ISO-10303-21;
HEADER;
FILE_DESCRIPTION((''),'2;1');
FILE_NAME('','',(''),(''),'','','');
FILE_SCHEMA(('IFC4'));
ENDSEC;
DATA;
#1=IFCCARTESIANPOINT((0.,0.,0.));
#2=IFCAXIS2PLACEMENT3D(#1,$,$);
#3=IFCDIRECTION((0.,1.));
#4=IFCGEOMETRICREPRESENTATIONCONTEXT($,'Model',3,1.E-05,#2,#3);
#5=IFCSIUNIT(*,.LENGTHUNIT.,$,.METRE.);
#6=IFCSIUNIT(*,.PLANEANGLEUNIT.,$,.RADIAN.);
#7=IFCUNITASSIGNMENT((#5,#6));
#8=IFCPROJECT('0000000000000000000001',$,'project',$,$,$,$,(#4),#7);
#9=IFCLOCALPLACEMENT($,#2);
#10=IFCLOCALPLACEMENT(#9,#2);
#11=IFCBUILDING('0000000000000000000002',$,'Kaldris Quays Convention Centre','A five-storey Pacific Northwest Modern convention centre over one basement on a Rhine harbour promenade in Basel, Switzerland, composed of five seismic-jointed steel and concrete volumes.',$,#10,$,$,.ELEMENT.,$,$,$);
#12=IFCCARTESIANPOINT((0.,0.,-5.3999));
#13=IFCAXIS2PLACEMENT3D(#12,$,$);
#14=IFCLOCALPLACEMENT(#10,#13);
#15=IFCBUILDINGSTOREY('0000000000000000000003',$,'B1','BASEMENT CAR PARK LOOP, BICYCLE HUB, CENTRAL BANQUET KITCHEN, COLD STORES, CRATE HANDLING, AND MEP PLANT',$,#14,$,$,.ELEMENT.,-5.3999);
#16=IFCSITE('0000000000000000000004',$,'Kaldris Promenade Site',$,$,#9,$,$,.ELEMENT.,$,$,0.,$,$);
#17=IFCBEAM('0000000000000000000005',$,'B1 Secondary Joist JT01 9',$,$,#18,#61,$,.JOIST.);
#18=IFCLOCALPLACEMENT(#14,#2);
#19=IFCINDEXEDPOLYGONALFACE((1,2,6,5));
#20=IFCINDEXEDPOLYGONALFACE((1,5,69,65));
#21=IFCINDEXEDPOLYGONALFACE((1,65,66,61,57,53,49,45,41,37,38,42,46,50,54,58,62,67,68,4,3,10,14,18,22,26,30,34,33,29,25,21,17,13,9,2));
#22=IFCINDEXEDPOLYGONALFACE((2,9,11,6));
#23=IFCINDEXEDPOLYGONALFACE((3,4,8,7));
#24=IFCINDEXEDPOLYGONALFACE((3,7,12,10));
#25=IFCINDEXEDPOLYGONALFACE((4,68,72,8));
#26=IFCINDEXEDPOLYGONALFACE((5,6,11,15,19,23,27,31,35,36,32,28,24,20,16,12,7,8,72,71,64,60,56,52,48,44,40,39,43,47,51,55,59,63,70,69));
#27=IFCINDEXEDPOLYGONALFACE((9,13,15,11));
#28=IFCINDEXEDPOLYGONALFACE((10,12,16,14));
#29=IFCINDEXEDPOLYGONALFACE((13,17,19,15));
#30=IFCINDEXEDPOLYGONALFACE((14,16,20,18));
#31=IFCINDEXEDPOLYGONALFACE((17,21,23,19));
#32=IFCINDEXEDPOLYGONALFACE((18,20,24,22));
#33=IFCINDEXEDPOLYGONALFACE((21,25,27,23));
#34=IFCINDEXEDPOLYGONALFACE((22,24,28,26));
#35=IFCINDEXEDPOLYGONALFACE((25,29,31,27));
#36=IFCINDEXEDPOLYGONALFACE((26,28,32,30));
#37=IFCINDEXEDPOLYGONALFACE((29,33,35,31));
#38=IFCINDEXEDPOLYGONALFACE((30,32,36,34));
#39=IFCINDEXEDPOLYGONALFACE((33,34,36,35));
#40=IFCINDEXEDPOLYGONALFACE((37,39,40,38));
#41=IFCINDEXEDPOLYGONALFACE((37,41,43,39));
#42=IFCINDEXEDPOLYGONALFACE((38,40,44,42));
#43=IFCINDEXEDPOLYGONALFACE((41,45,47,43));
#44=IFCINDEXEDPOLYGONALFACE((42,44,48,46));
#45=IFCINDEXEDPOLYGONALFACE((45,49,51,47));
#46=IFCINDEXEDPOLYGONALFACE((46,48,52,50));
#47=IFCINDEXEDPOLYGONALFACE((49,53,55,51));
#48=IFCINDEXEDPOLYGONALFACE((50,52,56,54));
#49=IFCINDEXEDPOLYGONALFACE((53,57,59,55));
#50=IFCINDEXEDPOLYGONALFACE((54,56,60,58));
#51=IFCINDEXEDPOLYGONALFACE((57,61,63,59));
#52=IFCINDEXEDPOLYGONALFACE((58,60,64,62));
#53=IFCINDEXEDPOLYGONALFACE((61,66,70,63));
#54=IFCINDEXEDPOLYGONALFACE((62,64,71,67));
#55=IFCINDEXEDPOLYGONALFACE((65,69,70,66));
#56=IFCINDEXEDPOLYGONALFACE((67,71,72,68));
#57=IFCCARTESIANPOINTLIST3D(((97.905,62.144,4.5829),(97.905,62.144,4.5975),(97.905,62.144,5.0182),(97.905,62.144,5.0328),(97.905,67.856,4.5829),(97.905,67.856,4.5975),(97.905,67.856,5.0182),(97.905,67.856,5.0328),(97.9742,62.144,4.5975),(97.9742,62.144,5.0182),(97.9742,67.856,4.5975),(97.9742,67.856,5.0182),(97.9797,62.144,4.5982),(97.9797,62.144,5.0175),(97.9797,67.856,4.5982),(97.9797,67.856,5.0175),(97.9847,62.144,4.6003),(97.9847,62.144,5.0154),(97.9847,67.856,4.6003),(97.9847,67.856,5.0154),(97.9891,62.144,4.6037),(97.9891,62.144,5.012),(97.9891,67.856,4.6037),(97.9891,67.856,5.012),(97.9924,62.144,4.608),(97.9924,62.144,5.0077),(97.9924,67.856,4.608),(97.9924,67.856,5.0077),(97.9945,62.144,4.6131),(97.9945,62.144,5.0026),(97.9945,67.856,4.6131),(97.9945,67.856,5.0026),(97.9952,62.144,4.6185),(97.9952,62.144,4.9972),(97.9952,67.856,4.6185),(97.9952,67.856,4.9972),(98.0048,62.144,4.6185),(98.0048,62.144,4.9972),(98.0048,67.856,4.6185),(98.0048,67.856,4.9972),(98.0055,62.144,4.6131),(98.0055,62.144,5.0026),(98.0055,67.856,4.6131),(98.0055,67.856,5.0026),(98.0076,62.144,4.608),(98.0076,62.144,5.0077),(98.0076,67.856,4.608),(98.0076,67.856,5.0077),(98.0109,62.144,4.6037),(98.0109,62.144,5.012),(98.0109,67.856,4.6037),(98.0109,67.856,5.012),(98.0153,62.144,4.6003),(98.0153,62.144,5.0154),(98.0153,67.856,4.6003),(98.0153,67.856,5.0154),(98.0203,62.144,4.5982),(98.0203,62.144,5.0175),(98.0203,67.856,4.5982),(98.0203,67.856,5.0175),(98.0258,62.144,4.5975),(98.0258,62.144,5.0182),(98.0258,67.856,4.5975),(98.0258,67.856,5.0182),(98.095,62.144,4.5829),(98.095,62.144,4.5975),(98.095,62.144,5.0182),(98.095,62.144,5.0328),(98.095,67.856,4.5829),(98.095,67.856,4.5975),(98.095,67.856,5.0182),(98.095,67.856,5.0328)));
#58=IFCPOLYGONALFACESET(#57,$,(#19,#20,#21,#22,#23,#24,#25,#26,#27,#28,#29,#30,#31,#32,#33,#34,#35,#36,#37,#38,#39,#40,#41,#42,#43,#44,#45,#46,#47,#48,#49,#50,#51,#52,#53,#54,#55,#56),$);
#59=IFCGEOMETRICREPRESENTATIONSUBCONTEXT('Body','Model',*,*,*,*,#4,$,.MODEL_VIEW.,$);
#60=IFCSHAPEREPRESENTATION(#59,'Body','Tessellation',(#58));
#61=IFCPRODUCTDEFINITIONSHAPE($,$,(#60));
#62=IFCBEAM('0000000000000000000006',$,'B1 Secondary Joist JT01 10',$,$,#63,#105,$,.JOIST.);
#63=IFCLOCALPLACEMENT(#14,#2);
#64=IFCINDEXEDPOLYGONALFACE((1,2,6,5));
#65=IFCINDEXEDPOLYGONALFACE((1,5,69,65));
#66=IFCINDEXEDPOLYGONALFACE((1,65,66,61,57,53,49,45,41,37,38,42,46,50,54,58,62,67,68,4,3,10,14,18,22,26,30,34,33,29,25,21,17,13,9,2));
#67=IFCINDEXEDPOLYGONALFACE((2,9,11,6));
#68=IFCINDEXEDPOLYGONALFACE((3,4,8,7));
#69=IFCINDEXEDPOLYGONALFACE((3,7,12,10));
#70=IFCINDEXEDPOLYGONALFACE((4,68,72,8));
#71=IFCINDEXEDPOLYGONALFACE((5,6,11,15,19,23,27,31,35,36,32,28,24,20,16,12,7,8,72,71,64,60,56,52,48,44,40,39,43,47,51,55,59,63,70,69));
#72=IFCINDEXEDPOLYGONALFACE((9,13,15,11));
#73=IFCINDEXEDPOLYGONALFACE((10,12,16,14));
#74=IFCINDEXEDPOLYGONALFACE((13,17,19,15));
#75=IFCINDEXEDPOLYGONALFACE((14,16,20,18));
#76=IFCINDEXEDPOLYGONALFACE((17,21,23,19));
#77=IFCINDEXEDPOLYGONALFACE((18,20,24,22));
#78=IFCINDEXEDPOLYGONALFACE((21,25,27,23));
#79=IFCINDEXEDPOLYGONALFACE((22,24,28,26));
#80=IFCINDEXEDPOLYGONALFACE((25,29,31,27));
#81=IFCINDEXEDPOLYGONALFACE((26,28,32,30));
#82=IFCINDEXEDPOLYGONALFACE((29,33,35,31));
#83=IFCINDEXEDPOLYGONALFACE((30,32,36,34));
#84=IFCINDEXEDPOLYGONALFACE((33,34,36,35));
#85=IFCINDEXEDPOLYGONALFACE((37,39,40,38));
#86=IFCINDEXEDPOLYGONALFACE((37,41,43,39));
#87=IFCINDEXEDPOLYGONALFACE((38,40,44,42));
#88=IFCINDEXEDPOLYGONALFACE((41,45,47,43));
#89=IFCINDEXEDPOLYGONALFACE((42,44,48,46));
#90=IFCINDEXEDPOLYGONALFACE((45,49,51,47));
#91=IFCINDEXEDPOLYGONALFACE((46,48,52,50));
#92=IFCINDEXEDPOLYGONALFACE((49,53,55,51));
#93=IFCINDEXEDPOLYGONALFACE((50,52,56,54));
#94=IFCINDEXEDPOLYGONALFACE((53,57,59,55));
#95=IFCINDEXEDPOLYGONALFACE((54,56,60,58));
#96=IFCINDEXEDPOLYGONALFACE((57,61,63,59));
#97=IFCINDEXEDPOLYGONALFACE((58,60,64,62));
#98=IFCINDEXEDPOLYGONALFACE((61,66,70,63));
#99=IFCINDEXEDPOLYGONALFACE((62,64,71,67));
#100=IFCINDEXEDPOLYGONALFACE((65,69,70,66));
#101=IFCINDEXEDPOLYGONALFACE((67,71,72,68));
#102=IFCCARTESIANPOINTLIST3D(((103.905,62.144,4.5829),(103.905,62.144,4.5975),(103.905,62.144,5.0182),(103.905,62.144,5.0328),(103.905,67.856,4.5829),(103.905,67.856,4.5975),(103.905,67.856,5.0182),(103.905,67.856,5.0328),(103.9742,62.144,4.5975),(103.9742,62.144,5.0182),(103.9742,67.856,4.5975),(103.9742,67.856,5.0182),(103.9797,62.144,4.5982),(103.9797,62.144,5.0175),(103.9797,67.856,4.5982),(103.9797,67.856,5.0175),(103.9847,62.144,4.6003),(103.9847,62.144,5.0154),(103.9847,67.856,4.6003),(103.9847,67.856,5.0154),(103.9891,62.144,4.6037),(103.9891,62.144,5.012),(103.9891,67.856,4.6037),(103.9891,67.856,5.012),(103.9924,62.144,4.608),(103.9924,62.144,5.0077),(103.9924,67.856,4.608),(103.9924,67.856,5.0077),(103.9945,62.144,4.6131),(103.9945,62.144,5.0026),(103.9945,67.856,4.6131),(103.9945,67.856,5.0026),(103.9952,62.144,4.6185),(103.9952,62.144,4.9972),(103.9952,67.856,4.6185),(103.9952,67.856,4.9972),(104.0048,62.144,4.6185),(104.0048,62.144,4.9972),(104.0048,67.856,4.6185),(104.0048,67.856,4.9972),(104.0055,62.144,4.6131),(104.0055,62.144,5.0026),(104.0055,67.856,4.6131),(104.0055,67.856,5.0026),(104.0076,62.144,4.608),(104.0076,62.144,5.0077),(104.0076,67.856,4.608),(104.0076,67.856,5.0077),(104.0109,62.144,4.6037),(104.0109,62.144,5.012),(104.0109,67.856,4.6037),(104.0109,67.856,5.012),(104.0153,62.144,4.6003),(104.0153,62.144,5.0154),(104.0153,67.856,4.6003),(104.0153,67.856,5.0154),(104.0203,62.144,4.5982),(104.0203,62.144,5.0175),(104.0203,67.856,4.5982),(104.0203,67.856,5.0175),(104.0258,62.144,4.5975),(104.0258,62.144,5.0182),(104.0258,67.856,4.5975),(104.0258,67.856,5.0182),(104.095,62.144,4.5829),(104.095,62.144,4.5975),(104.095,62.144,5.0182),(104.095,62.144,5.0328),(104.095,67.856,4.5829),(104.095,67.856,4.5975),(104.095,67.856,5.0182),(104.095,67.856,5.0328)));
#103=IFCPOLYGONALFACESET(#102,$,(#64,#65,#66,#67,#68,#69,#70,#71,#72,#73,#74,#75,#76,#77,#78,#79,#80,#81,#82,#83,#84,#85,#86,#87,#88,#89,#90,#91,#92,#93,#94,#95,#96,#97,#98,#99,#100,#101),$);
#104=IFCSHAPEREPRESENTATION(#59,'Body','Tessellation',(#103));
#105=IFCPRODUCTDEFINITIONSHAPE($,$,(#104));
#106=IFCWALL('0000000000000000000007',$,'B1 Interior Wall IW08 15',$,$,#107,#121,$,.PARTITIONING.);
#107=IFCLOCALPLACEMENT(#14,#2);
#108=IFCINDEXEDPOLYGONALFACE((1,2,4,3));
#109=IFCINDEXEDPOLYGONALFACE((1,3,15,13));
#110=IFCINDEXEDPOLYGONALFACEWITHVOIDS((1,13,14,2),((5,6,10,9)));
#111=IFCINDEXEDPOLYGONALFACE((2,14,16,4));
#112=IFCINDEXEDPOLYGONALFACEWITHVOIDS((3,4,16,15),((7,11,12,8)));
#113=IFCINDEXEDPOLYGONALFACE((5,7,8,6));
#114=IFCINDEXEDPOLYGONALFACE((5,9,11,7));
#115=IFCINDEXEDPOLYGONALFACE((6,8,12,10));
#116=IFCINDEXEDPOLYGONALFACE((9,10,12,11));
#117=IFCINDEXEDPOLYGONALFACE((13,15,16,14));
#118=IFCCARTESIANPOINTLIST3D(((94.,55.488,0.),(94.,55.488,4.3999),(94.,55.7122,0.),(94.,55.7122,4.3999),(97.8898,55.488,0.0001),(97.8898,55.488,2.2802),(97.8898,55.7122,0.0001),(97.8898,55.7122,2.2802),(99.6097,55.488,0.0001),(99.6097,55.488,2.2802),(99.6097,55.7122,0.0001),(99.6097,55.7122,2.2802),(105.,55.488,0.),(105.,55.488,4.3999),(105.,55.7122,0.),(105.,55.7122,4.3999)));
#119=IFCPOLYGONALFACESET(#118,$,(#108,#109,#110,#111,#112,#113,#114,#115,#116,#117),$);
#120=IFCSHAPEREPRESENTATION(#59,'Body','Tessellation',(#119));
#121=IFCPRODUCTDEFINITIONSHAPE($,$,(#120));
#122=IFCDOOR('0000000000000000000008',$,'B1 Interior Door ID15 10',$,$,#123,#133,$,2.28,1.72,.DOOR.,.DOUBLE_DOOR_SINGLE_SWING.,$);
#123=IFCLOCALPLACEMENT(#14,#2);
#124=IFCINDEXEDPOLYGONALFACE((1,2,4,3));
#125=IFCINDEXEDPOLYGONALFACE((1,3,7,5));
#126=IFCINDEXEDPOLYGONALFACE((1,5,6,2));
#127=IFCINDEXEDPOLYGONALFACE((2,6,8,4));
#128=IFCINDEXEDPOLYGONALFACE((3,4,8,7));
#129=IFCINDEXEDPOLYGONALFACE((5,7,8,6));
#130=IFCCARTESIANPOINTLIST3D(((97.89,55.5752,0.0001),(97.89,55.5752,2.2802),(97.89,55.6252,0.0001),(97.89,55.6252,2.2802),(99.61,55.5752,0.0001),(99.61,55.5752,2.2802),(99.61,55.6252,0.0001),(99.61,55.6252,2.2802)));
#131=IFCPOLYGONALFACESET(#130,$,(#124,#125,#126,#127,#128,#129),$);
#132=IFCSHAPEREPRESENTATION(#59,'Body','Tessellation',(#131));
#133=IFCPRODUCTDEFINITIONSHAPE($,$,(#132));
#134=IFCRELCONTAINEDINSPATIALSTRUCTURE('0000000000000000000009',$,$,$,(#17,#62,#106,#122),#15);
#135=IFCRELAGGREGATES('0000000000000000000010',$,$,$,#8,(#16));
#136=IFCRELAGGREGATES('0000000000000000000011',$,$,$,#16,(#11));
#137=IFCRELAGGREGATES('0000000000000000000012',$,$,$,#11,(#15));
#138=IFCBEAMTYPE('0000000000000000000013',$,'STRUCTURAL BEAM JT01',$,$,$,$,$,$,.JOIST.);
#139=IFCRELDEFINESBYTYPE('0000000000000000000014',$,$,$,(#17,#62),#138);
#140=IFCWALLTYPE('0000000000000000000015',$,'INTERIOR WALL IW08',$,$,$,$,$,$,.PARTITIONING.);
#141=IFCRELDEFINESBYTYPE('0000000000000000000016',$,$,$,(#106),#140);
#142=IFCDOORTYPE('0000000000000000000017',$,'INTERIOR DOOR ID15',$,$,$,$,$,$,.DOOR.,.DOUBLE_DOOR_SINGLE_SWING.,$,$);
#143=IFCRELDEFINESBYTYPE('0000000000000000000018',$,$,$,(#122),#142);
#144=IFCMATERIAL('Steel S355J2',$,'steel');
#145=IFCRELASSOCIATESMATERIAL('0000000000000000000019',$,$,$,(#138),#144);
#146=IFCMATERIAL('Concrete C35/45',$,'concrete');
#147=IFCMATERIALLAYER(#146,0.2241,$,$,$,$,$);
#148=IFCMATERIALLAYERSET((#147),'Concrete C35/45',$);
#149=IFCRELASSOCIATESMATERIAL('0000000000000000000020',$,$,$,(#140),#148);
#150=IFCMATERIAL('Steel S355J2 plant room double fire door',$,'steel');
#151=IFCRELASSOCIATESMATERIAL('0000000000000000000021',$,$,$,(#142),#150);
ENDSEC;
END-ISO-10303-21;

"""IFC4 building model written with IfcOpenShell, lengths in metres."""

from ifc_helpers import new_model, si_unit, direction, frame, frame_2d, origin, origin_2d, place, context, subcontext, project, spatial, rectangle, i_section, extrude, material, layer, layer_set, material_profile, profile_set, type_object, element, fill, save


model = new_model("IFC4")

# Units and contexts
model_context = context("Model", 3, precision=1e-05, world=origin(), true_north=direction((0.0, 1.0)))
body_context = subcontext(model_context, "Body", "Model", "MODEL_VIEW")
ifc_project = project(units=[si_unit("LENGTHUNIT", "METRE"), si_unit("PLANEANGLEUNIT", "RADIAN")], contexts=[model_context])

# Site, building, storey
site_placement = place(None, origin())
site = spatial("IfcSite", under=ifc_project, at=site_placement, Name="Kaldris Promenade Site", CompositionType="ELEMENT", RefElevation=0.0)
building_placement = place(site_placement, origin())
building = spatial("IfcBuilding", under=site, at=building_placement, Name="Kaldris Quays Convention Centre", Description="A five-storey Pacific Northwest Modern convention centre over one basement on a Rhine harbour promenade in Basel, Switzerland, composed of five seismic-jointed steel and concrete volumes.", CompositionType="ELEMENT")
storey_placement = place(building_placement, frame((0.0, 0.0, -5.3999)))
storey = spatial("IfcBuildingStorey", under=building, at=storey_placement, Name="B1", Description="BASEMENT CAR PARK LOOP, BICYCLE HUB, CENTRAL BANQUET KITCHEN, COLD STORES, CRATE HANDLING, AND MEP PLANT", CompositionType="ELEMENT", Elevation=-5.3999)

# Shared definitions
ifc_material_1 = material(Name="Concrete C35/45", Category="concrete")

# Shared definitions
ifc_material_2 = material(Name="Steel S355J2", Category="steel")

# Beams
ifc_material_profile_1 = material_profile(ifc_material_2, i_section(OverallWidth=0.1899, OverallDepth=0.45, WebThickness=0.0095, FlangeThickness=0.0146, FilletRadius=0.021, at=origin_2d()), Name="IPE 450")
ifc_profile_set_1 = profile_set([ifc_material_profile_1], Name="Steel S355J2")
beam_type_1 = type_object("IfcBeamType", Name="STRUCTURAL BEAM JT01", PredefinedType="JOIST", material=ifc_profile_set_1)
for number, where, z_axis, x_axis, name in (
    (1, (98.0, 62.144, 4.8079), (0.0, 1.0, 0.0), (-1.0, 0.0, 0.0), "B1 Secondary Joist JT01 9"),
    (2, (104.0, 62.144, 4.8079), (0.0, 1.0, 0.0), (-1.0, 0.0, 0.0), "B1 Secondary Joist JT01 10"),
):
    element("IfcBeam", number, at=place(storey_placement, frame(where, z_axis=z_axis, x_axis=x_axis)), inside=storey, type_object=beam_type_1, Name=name, PredefinedType="JOIST", context=body_context, shape_type="SweptSolid", body=[
        extrude(i_section(OverallWidth=0.1899, OverallDepth=0.45, WebThickness=0.0095, FlangeThickness=0.0146, FilletRadius=0.021, at=origin_2d()), origin(), (0.0, 0.0, 1.0), 5.7119),
    ])

# Wall, opening, door
ifc_layer = layer(ifc_material_1, 0.2241)
ifc_layer_set = layer_set([ifc_layer], Name="Concrete C35/45")
wall_type = type_object("IfcWallType", Name="INTERIOR WALL IW08", PredefinedType="PARTITIONING", material=ifc_layer_set)
wall_placement = place(storey_placement, frame((94.0, 55.6001, 0.0), z_axis=(0.0, 0.0, 1.0), x_axis=(1.0, 0.0, 0.0)))
wall = element("IfcWall", 3, at=wall_placement, inside=storey, type_object=wall_type, Name="B1 Interior Wall IW08 15", PredefinedType="PARTITIONING", context=body_context, shape_type="SweptSolid", body=[
    extrude(rectangle(XDim=11.0, YDim=0.2241, at=frame_2d((5.5, 0.0))), origin(), (0.0, 0.0, 1.0), 4.3999),
])
opening_placement = place(wall_placement, frame((3.8899, 0.0, 0.0)))
opening = element("IfcOpeningElement", 4, at=opening_placement, cuts=wall, PredefinedType="OPENING", context=body_context, shape_type="SweptSolid", body=[
    extrude(rectangle(XDim=1.72, YDim=2.28, at=frame_2d((0.8599, 1.1401))), frame((0.0, 0.1221, 0.0), z_axis=(0.0, -1.0, 0.0), x_axis=(1.0, 0.0, 0.0)), (0.0, 0.0, 1.0), 0.2441),
])
ifc_material_3 = material(Name="Steel S355J2 plant room double fire door", Category="steel")
door_type = type_object("IfcDoorType", Name="INTERIOR DOOR ID15", OperationType="DOUBLE_DOOR_SINGLE_SWING", PredefinedType="DOOR", material=ifc_material_3)
door_placement = place(opening_placement, frame((1.72, 0.0, 0.0), z_axis=(0.0, 0.0, 1.0), x_axis=(-1.0, 0.0, 0.0)))
door = element("IfcDoor", 5, at=door_placement, inside=storey, type_object=door_type, Name="B1 Interior Door ID15 10", OperationType="DOUBLE_DOOR_SINGLE_SWING", OverallHeight=2.28, OverallWidth=1.72, PredefinedType="DOOR", context=body_context, shape_type="SweptSolid", body=[
    extrude(rectangle(XDim=1.72, YDim=2.28, at=frame_2d((0.8599, 1.1401))), frame((0.0, 0.0249, 0.0), z_axis=(0.0, -1.0, 0.0), x_axis=(1.0, 0.0, 0.0)), (0.0, 0.0, 1.0), 0.05),
])
fill(opening, door)

save(model, "model.ifc")
